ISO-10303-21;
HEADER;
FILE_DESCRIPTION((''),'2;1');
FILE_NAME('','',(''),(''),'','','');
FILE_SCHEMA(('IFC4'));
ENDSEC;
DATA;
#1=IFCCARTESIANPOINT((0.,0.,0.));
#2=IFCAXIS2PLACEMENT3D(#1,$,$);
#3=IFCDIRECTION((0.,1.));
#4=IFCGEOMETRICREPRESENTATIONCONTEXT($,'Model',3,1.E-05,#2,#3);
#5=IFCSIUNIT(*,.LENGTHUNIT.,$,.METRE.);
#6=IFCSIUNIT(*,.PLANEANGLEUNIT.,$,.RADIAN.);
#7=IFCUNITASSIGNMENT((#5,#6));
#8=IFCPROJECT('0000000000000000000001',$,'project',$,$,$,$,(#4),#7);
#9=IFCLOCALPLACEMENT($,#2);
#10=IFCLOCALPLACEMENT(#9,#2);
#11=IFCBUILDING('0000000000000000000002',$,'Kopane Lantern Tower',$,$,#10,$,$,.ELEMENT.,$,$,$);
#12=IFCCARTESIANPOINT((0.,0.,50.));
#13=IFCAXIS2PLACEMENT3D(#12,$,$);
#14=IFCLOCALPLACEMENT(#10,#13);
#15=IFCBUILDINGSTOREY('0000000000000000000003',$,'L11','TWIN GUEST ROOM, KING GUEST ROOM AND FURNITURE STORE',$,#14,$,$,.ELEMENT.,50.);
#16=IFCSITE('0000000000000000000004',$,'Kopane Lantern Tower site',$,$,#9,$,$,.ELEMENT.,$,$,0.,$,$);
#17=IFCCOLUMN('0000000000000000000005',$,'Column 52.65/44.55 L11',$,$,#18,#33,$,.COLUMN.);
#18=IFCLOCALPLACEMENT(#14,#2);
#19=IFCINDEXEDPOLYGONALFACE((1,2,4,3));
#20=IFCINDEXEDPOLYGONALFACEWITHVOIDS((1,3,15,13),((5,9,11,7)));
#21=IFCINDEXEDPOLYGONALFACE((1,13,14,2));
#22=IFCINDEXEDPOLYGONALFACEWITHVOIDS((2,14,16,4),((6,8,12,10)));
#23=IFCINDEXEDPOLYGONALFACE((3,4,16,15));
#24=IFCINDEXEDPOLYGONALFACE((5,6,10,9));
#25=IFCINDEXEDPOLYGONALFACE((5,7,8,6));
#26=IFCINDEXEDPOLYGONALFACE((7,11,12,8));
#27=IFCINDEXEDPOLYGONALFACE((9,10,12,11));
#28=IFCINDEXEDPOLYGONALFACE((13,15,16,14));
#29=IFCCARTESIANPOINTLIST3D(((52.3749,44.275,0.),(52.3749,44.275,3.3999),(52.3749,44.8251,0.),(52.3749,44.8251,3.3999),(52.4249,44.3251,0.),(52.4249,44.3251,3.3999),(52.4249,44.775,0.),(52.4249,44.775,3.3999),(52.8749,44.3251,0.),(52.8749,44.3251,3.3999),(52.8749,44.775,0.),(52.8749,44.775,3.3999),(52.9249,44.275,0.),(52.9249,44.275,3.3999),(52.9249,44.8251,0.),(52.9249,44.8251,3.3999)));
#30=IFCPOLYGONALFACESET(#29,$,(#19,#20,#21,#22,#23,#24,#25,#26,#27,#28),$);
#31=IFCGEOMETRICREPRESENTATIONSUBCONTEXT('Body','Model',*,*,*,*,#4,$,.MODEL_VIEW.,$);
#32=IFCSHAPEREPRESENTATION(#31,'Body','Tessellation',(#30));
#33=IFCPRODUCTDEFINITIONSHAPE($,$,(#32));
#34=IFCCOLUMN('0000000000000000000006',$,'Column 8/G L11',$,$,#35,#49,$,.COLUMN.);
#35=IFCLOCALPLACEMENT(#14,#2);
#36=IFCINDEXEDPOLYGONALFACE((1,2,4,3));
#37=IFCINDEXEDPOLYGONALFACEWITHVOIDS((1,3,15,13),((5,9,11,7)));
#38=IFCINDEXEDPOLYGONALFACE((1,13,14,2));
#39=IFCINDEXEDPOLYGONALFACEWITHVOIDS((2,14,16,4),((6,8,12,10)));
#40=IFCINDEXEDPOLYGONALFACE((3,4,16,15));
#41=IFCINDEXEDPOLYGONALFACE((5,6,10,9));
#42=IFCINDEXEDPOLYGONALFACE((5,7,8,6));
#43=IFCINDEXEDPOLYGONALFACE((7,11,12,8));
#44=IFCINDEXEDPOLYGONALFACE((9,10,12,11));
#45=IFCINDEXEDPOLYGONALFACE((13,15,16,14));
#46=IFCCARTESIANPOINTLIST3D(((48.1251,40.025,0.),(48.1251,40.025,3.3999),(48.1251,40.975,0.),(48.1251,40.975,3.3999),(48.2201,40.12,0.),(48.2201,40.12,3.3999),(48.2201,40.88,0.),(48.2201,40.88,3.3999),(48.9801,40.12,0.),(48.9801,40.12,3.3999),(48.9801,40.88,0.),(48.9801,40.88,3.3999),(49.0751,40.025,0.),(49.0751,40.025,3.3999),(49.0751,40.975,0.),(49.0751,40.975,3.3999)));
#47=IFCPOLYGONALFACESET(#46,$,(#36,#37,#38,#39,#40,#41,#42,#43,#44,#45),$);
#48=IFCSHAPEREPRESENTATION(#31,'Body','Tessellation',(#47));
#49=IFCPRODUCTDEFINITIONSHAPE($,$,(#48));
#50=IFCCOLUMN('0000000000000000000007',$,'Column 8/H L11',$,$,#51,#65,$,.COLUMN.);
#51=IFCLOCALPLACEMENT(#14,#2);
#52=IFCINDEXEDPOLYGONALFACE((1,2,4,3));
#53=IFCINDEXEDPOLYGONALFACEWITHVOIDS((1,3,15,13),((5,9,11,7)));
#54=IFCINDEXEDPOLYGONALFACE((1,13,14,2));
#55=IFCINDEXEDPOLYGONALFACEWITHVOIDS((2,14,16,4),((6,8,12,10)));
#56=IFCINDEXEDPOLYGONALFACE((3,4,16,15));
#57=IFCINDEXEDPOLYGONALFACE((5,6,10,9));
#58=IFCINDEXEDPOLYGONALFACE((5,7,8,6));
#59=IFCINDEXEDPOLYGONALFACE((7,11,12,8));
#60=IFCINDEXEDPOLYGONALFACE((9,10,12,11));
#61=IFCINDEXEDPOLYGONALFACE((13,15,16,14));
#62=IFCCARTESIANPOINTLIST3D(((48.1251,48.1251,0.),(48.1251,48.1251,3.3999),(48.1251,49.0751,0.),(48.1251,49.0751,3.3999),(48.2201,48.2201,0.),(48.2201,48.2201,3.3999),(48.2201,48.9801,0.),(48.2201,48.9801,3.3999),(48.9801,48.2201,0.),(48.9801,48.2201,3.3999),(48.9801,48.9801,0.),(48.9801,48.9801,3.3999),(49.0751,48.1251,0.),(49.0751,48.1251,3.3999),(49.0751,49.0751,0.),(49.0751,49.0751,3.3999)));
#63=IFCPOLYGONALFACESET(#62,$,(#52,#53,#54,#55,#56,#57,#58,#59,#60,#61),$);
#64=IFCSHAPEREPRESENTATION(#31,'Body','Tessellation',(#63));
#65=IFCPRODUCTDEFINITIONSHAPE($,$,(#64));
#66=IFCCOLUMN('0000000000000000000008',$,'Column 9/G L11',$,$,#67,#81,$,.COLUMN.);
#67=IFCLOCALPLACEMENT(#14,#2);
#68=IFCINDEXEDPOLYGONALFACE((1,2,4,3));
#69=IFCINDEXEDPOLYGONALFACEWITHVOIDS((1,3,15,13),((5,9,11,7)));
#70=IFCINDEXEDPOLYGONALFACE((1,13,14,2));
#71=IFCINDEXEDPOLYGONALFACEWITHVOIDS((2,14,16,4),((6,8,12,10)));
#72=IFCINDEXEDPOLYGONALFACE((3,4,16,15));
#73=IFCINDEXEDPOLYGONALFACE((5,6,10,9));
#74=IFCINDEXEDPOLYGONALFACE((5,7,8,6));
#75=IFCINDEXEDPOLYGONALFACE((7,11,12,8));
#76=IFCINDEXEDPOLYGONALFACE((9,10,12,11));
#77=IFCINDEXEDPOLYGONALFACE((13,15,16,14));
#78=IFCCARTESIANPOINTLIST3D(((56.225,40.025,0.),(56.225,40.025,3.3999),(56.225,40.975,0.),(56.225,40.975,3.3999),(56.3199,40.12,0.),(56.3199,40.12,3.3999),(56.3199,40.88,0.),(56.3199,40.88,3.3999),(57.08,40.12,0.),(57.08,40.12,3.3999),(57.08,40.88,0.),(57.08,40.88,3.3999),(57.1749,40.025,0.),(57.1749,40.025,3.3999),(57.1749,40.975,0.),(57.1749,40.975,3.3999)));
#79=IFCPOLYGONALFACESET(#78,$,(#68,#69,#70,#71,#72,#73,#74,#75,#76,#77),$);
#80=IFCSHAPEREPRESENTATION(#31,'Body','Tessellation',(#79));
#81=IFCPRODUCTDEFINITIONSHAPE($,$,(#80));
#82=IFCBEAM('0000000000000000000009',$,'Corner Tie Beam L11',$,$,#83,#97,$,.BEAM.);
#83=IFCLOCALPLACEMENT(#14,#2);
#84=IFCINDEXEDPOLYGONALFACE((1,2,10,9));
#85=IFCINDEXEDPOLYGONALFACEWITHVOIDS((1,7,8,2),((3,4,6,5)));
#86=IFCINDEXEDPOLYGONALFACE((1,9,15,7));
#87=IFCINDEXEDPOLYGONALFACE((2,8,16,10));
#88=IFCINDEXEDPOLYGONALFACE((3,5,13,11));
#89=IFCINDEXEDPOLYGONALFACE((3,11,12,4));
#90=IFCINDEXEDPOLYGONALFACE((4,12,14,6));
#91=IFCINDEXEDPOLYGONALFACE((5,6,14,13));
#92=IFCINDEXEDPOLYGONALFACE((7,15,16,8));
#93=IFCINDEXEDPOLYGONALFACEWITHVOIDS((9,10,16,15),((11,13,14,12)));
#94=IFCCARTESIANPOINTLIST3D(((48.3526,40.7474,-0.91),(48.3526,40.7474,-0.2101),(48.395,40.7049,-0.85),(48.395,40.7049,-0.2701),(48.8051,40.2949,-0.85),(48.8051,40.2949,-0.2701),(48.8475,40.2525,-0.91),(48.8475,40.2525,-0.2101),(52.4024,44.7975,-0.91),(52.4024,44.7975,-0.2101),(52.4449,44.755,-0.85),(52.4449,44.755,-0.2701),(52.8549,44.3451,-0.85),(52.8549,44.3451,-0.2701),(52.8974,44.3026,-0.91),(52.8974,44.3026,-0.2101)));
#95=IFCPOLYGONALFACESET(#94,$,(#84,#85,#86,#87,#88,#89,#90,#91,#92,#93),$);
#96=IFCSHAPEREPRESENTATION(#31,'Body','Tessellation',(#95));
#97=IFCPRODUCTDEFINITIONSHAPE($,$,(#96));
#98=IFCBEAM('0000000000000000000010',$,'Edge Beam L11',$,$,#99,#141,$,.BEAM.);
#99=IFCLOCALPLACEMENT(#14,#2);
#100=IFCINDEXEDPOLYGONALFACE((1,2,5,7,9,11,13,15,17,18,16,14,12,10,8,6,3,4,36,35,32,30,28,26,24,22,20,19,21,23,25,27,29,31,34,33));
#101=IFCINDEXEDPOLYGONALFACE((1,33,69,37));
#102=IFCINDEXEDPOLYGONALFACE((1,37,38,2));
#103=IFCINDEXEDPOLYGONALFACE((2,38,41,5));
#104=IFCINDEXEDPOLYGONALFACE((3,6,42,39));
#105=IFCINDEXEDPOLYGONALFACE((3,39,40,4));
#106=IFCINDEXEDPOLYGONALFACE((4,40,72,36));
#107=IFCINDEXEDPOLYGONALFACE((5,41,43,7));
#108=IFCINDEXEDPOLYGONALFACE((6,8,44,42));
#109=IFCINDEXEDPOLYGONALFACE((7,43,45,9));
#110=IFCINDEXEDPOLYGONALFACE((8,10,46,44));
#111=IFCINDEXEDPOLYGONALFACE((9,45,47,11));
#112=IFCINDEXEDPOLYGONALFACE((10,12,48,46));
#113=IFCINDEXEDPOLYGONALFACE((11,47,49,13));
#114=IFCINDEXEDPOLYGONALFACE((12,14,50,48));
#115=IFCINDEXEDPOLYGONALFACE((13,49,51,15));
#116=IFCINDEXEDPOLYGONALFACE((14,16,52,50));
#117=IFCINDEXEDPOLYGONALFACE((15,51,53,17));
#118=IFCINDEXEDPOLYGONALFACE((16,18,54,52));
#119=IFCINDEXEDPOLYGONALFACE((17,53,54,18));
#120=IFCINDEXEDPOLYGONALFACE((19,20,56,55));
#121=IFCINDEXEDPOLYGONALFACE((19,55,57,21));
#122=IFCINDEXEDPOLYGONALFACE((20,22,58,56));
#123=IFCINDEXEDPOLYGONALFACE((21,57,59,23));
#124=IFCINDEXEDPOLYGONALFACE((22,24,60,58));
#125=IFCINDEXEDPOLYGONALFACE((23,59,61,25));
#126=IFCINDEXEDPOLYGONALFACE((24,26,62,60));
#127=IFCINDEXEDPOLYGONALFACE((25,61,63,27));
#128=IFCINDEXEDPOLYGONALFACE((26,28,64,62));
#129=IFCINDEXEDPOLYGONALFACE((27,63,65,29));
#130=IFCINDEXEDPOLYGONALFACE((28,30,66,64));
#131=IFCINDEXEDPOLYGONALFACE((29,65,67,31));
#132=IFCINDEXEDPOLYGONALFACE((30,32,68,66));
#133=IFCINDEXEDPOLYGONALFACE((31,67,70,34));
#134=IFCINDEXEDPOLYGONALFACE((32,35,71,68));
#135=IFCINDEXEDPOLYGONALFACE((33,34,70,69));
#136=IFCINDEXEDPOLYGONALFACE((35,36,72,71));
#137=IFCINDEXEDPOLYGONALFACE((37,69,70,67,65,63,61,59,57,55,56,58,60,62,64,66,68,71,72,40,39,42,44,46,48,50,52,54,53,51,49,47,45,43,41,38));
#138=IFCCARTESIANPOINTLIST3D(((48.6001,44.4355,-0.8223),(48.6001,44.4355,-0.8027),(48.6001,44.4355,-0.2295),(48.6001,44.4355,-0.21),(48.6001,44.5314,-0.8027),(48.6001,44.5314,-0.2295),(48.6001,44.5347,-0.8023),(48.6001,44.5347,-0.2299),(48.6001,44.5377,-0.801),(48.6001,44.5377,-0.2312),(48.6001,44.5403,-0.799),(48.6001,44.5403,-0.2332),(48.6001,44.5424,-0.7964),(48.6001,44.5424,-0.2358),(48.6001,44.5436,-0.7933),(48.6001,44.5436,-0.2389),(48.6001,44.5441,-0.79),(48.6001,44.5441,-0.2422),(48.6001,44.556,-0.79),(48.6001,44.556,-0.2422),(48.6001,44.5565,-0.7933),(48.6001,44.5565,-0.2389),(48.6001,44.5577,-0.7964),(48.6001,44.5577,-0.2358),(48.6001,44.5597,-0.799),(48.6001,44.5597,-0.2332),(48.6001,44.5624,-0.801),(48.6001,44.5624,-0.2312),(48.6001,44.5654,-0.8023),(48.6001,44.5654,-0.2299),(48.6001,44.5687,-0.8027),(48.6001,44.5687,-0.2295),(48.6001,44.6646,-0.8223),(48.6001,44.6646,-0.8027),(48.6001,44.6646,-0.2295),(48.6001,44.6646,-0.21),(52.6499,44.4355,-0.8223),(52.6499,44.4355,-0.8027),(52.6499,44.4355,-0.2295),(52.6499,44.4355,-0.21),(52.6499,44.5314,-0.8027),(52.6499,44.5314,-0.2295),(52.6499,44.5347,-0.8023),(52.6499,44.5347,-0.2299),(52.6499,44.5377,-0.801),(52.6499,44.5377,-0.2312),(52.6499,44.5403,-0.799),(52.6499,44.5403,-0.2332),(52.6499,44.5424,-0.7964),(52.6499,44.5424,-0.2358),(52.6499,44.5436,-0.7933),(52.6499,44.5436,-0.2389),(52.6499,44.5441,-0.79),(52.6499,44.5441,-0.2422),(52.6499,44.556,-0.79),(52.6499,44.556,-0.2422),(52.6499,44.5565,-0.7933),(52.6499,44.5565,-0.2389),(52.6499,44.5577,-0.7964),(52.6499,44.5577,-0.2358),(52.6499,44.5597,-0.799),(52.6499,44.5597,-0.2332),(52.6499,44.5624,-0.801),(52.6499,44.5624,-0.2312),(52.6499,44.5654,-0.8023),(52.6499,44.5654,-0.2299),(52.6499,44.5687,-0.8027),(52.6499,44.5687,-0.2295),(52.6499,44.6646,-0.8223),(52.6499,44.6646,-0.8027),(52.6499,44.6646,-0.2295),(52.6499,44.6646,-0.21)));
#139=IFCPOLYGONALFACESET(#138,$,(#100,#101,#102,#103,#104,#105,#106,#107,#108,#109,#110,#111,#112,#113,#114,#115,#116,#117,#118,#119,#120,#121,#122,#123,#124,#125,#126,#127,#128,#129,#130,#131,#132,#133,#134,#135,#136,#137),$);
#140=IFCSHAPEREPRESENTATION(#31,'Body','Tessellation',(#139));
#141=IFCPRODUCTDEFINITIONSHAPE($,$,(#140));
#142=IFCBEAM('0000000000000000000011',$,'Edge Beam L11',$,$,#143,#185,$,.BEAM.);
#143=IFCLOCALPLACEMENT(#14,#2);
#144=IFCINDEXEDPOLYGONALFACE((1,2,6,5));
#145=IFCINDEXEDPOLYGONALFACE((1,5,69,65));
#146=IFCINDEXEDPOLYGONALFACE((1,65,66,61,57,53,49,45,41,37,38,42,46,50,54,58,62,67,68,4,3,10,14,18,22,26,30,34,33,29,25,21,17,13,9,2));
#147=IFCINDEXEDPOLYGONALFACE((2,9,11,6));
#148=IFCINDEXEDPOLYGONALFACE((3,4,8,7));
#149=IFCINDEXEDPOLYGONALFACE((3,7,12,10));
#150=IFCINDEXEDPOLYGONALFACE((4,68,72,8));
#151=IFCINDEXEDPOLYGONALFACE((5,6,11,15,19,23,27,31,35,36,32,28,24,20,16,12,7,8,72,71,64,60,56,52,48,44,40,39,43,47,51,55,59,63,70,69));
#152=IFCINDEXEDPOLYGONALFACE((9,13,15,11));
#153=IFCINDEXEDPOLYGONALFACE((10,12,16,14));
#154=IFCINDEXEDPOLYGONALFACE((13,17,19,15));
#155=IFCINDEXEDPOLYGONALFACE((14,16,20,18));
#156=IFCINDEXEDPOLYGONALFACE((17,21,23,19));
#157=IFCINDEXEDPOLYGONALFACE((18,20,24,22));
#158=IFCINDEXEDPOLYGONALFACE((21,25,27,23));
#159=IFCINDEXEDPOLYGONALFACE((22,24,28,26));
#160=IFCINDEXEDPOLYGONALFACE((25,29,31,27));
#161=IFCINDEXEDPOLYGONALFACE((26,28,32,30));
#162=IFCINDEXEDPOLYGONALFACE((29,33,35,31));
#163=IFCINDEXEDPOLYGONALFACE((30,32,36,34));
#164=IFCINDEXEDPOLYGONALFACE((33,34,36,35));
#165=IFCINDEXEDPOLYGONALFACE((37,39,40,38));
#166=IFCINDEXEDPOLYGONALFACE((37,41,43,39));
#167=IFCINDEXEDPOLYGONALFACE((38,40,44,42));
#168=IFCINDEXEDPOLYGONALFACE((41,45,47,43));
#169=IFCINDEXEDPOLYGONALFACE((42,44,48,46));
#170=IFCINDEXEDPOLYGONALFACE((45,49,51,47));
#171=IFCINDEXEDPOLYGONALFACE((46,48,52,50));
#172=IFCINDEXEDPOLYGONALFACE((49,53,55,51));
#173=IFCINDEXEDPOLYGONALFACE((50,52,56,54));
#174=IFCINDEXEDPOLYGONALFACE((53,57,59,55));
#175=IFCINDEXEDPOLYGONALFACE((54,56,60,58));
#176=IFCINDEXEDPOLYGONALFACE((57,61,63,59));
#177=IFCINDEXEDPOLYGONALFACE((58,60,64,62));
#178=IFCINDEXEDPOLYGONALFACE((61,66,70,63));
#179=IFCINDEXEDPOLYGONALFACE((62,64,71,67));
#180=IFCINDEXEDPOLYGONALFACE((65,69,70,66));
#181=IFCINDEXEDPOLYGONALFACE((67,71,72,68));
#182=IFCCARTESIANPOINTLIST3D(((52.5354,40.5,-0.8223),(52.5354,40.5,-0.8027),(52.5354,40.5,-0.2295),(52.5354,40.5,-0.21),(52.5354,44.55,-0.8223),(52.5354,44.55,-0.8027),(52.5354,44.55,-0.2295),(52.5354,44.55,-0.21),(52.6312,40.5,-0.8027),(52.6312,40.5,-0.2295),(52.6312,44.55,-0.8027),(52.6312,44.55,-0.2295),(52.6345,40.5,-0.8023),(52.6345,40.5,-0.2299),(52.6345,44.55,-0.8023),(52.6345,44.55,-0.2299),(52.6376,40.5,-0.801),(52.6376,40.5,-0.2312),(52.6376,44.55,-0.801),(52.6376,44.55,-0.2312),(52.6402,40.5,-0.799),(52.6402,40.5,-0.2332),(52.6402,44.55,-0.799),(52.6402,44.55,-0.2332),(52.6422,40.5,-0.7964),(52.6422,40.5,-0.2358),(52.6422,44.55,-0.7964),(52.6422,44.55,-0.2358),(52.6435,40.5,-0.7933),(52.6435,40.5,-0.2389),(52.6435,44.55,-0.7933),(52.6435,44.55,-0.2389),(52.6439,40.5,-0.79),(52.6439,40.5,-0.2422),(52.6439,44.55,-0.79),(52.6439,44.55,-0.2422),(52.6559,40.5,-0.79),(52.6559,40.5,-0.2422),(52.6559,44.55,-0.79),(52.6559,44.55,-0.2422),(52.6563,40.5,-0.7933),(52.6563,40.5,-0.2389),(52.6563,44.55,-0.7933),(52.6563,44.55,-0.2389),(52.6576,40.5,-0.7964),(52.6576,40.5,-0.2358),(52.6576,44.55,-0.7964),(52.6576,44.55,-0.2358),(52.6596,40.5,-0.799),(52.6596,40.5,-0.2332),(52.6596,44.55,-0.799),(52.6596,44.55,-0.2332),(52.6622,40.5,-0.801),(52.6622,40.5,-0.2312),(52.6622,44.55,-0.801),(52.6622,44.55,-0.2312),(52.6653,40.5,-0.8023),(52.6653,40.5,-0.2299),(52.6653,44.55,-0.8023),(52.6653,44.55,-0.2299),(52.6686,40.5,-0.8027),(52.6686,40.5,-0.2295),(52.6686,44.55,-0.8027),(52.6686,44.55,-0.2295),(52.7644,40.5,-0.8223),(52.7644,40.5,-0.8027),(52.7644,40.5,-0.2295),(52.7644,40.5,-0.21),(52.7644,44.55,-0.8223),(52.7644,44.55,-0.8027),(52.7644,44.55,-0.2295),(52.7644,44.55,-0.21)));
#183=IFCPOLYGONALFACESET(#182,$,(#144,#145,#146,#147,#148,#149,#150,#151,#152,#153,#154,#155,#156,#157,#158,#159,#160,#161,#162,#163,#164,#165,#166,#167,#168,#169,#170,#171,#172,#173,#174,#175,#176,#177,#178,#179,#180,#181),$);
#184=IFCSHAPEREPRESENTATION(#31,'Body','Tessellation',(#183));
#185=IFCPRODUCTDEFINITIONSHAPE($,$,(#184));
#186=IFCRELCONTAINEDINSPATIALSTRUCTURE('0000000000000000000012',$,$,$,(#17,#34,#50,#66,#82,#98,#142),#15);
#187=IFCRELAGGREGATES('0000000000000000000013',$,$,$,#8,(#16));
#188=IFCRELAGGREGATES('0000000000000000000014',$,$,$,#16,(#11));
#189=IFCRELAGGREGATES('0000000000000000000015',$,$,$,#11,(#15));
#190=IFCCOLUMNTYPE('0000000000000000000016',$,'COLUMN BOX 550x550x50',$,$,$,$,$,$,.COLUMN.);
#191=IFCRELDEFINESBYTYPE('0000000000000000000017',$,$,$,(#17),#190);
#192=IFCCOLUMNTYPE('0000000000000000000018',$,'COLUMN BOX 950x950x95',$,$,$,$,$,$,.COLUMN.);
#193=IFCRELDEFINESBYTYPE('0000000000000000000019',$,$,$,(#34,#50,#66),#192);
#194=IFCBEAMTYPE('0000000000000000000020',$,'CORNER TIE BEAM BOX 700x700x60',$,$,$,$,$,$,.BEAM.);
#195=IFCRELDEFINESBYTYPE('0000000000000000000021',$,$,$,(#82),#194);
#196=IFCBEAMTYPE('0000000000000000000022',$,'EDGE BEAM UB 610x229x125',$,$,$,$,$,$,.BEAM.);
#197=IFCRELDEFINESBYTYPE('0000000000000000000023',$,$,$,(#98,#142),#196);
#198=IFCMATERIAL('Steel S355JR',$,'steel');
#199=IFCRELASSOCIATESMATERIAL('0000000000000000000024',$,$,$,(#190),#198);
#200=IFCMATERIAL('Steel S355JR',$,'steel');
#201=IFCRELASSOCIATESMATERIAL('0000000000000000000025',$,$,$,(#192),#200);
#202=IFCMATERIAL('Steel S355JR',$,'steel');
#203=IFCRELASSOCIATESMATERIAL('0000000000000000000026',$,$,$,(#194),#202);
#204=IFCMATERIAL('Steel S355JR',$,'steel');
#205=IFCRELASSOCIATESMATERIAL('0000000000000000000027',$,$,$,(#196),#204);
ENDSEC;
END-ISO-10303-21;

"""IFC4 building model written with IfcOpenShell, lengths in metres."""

from ifc_helpers import new_model, si_unit, direction, frame, origin, origin_2d, place, context, subcontext, project, spatial, hollow_rectangle, i_section, extrude, material, material_profile, profile_set, type_object, element, save


model = new_model("IFC4")

# Units and contexts
model_context = context("Model", 3, precision=1e-05, world=origin(), true_north=direction((0.0, 1.0)))
body_context = subcontext(model_context, "Body", "Model", "MODEL_VIEW")
ifc_project = project(units=[si_unit("LENGTHUNIT", "METRE"), si_unit("PLANEANGLEUNIT", "RADIAN")], contexts=[model_context])

# Site, building, storey
site_placement = place(None, origin())
site = spatial("IfcSite", under=ifc_project, at=site_placement, Name="Kopane Lantern Tower site", CompositionType="ELEMENT", RefElevation=0.0)
building_placement = place(site_placement, origin())
building = spatial("IfcBuilding", under=site, at=building_placement, Name="Kopane Lantern Tower", CompositionType="ELEMENT")
storey_placement = place(building_placement, frame((0.0, 0.0, 50.0)))
storey = spatial("IfcBuildingStorey", under=building, at=storey_placement, Name="L11", Description="TWIN GUEST ROOM, KING GUEST ROOM AND FURNITURE STORE", CompositionType="ELEMENT", Elevation=50.0)

# Columns
ifc_material_1 = material(Name="Steel S355JR", Category="steel")
ifc_material_profile_1 = material_profile(ifc_material_1, hollow_rectangle(XDim=0.55, YDim=0.55, WallThickness=0.05, at=origin_2d()), Name="BOX 550x550x50")
ifc_profile_set_1 = profile_set([ifc_material_profile_1], Name="Steel S355JR")
column_type_1 = type_object("IfcColumnType", Name="COLUMN BOX 550x550x50", PredefinedType="COLUMN", material=ifc_profile_set_1)
column_placement = place(storey_placement, frame((52.6499, 44.55, 0.0), z_axis=(0.0, 0.0, 1.0), x_axis=(1.0, 0.0, 0.0)))
element("IfcColumn", 1, at=column_placement, inside=storey, type_object=column_type_1, Name="Column 52.65/44.55 L11", PredefinedType="COLUMN", context=body_context, shape_type="SweptSolid", body=[
    extrude(hollow_rectangle(XDim=0.55, YDim=0.55, WallThickness=0.05, at=origin_2d()), origin(), (0.0, 0.0, 1.0), 3.3999),
])
ifc_material_2 = material(Name="Steel S355JR", Category="steel")
ifc_material_profile_2 = material_profile(ifc_material_2, hollow_rectangle(XDim=0.95, YDim=0.95, WallThickness=0.095, at=origin_2d()), Name="BOX 950x950x95")
ifc_profile_set_2 = profile_set([ifc_material_profile_2], Name="Steel S355JR")
column_type_2 = type_object("IfcColumnType", Name="COLUMN BOX 950x950x95", PredefinedType="COLUMN", material=ifc_profile_set_2)
for number, where, z_axis, x_axis, name in (
    (2, (48.6001, 40.5, 0.0), (0.0, 0.0, 1.0), (1.0, 0.0, 0.0), "Column 8/G L11"),
    (3, (48.6001, 48.6001, 0.0), (0.0, 0.0, 1.0), (1.0, 0.0, 0.0), "Column 8/H L11"),
    (4, (56.7, 40.5, 0.0), (0.0, 0.0, 1.0), (1.0, 0.0, 0.0), "Column 9/G L11"),
):
    element("IfcColumn", number, at=place(storey_placement, frame(where, z_axis=z_axis, x_axis=x_axis)), inside=storey, type_object=column_type_2, Name=name, PredefinedType="COLUMN", context=body_context, shape_type="SweptSolid", body=[
        extrude(hollow_rectangle(XDim=0.95, YDim=0.95, WallThickness=0.095, at=origin_2d()), origin(), (0.0, 0.0, 1.0), 3.3999),
    ])

# Beams
ifc_material_3 = material(Name="Steel S355JR", Category="steel")
ifc_material_profile_3 = material_profile(ifc_material_3, hollow_rectangle(XDim=0.7, YDim=0.7, WallThickness=0.0601, at=origin_2d()), Name="BOX 700x700x60")
ifc_profile_set_3 = profile_set([ifc_material_profile_3], Name="Steel S355JR")
beam_type_1 = type_object("IfcBeamType", Name="CORNER TIE BEAM BOX 700x700x60", PredefinedType="BEAM", material=ifc_profile_set_3)
beam_1_placement = place(storey_placement, frame((52.6499, 44.55, -0.5601), z_axis=(-0.707085, -0.707128, 0.0), x_axis=(0.707128, -0.707085, 0.0)))
element("IfcBeam", 5, at=beam_1_placement, inside=storey, type_object=beam_type_1, Name="Corner Tie Beam L11", PredefinedType="BEAM", context=body_context, shape_type="SweptSolid", body=[
    extrude(hollow_rectangle(XDim=0.7, YDim=0.7, WallThickness=0.0601, at=origin_2d()), origin(), (0.0, 0.0, 1.0), 5.7275),
])
ifc_material_4 = material(Name="Steel S355JR", Category="steel")
ifc_material_profile_4 = material_profile(ifc_material_4, i_section(OverallWidth=0.229, OverallDepth=0.6123, WebThickness=0.012, FlangeThickness=0.0195, FilletRadius=0.0127, at=origin_2d()), Name="UB 610x229x125")
ifc_profile_set_4 = profile_set([ifc_material_profile_4], Name="Steel S355JR")
beam_type_2 = type_object("IfcBeamType", Name="EDGE BEAM UB 610x229x125", PredefinedType="BEAM", material=ifc_profile_set_4)
beam_2_placement = place(storey_placement, frame((52.6499, 44.55, -0.5161), z_axis=(-1.0, 0.0, 0.0), x_axis=(0.0, -1.0, 0.0)))
element("IfcBeam", 6, at=beam_2_placement, inside=storey, type_object=beam_type_2, Name="Edge Beam L11", PredefinedType="BEAM", context=body_context, shape_type="SweptSolid", body=[
    extrude(i_section(OverallWidth=0.229, OverallDepth=0.6123, WebThickness=0.012, FlangeThickness=0.0195, FilletRadius=0.0127, at=origin_2d()), origin(), (0.0, 0.0, 1.0), 4.0498),
])
beam_3_placement = place(storey_placement, frame((52.6499, 44.55, -0.5161), z_axis=(0.0, -1.0, 0.0), x_axis=(1.0, 0.0, 0.0)))
element("IfcBeam", 7, at=beam_3_placement, inside=storey, type_object=beam_type_2, Name="Edge Beam L11", PredefinedType="BEAM", context=body_context, shape_type="SweptSolid", body=[
    extrude(i_section(OverallWidth=0.229, OverallDepth=0.6123, WebThickness=0.012, FlangeThickness=0.0195, FilletRadius=0.0127, at=origin_2d()), origin(), (0.0, 0.0, 1.0), 4.05),
])

save(model, "model.ifc")
